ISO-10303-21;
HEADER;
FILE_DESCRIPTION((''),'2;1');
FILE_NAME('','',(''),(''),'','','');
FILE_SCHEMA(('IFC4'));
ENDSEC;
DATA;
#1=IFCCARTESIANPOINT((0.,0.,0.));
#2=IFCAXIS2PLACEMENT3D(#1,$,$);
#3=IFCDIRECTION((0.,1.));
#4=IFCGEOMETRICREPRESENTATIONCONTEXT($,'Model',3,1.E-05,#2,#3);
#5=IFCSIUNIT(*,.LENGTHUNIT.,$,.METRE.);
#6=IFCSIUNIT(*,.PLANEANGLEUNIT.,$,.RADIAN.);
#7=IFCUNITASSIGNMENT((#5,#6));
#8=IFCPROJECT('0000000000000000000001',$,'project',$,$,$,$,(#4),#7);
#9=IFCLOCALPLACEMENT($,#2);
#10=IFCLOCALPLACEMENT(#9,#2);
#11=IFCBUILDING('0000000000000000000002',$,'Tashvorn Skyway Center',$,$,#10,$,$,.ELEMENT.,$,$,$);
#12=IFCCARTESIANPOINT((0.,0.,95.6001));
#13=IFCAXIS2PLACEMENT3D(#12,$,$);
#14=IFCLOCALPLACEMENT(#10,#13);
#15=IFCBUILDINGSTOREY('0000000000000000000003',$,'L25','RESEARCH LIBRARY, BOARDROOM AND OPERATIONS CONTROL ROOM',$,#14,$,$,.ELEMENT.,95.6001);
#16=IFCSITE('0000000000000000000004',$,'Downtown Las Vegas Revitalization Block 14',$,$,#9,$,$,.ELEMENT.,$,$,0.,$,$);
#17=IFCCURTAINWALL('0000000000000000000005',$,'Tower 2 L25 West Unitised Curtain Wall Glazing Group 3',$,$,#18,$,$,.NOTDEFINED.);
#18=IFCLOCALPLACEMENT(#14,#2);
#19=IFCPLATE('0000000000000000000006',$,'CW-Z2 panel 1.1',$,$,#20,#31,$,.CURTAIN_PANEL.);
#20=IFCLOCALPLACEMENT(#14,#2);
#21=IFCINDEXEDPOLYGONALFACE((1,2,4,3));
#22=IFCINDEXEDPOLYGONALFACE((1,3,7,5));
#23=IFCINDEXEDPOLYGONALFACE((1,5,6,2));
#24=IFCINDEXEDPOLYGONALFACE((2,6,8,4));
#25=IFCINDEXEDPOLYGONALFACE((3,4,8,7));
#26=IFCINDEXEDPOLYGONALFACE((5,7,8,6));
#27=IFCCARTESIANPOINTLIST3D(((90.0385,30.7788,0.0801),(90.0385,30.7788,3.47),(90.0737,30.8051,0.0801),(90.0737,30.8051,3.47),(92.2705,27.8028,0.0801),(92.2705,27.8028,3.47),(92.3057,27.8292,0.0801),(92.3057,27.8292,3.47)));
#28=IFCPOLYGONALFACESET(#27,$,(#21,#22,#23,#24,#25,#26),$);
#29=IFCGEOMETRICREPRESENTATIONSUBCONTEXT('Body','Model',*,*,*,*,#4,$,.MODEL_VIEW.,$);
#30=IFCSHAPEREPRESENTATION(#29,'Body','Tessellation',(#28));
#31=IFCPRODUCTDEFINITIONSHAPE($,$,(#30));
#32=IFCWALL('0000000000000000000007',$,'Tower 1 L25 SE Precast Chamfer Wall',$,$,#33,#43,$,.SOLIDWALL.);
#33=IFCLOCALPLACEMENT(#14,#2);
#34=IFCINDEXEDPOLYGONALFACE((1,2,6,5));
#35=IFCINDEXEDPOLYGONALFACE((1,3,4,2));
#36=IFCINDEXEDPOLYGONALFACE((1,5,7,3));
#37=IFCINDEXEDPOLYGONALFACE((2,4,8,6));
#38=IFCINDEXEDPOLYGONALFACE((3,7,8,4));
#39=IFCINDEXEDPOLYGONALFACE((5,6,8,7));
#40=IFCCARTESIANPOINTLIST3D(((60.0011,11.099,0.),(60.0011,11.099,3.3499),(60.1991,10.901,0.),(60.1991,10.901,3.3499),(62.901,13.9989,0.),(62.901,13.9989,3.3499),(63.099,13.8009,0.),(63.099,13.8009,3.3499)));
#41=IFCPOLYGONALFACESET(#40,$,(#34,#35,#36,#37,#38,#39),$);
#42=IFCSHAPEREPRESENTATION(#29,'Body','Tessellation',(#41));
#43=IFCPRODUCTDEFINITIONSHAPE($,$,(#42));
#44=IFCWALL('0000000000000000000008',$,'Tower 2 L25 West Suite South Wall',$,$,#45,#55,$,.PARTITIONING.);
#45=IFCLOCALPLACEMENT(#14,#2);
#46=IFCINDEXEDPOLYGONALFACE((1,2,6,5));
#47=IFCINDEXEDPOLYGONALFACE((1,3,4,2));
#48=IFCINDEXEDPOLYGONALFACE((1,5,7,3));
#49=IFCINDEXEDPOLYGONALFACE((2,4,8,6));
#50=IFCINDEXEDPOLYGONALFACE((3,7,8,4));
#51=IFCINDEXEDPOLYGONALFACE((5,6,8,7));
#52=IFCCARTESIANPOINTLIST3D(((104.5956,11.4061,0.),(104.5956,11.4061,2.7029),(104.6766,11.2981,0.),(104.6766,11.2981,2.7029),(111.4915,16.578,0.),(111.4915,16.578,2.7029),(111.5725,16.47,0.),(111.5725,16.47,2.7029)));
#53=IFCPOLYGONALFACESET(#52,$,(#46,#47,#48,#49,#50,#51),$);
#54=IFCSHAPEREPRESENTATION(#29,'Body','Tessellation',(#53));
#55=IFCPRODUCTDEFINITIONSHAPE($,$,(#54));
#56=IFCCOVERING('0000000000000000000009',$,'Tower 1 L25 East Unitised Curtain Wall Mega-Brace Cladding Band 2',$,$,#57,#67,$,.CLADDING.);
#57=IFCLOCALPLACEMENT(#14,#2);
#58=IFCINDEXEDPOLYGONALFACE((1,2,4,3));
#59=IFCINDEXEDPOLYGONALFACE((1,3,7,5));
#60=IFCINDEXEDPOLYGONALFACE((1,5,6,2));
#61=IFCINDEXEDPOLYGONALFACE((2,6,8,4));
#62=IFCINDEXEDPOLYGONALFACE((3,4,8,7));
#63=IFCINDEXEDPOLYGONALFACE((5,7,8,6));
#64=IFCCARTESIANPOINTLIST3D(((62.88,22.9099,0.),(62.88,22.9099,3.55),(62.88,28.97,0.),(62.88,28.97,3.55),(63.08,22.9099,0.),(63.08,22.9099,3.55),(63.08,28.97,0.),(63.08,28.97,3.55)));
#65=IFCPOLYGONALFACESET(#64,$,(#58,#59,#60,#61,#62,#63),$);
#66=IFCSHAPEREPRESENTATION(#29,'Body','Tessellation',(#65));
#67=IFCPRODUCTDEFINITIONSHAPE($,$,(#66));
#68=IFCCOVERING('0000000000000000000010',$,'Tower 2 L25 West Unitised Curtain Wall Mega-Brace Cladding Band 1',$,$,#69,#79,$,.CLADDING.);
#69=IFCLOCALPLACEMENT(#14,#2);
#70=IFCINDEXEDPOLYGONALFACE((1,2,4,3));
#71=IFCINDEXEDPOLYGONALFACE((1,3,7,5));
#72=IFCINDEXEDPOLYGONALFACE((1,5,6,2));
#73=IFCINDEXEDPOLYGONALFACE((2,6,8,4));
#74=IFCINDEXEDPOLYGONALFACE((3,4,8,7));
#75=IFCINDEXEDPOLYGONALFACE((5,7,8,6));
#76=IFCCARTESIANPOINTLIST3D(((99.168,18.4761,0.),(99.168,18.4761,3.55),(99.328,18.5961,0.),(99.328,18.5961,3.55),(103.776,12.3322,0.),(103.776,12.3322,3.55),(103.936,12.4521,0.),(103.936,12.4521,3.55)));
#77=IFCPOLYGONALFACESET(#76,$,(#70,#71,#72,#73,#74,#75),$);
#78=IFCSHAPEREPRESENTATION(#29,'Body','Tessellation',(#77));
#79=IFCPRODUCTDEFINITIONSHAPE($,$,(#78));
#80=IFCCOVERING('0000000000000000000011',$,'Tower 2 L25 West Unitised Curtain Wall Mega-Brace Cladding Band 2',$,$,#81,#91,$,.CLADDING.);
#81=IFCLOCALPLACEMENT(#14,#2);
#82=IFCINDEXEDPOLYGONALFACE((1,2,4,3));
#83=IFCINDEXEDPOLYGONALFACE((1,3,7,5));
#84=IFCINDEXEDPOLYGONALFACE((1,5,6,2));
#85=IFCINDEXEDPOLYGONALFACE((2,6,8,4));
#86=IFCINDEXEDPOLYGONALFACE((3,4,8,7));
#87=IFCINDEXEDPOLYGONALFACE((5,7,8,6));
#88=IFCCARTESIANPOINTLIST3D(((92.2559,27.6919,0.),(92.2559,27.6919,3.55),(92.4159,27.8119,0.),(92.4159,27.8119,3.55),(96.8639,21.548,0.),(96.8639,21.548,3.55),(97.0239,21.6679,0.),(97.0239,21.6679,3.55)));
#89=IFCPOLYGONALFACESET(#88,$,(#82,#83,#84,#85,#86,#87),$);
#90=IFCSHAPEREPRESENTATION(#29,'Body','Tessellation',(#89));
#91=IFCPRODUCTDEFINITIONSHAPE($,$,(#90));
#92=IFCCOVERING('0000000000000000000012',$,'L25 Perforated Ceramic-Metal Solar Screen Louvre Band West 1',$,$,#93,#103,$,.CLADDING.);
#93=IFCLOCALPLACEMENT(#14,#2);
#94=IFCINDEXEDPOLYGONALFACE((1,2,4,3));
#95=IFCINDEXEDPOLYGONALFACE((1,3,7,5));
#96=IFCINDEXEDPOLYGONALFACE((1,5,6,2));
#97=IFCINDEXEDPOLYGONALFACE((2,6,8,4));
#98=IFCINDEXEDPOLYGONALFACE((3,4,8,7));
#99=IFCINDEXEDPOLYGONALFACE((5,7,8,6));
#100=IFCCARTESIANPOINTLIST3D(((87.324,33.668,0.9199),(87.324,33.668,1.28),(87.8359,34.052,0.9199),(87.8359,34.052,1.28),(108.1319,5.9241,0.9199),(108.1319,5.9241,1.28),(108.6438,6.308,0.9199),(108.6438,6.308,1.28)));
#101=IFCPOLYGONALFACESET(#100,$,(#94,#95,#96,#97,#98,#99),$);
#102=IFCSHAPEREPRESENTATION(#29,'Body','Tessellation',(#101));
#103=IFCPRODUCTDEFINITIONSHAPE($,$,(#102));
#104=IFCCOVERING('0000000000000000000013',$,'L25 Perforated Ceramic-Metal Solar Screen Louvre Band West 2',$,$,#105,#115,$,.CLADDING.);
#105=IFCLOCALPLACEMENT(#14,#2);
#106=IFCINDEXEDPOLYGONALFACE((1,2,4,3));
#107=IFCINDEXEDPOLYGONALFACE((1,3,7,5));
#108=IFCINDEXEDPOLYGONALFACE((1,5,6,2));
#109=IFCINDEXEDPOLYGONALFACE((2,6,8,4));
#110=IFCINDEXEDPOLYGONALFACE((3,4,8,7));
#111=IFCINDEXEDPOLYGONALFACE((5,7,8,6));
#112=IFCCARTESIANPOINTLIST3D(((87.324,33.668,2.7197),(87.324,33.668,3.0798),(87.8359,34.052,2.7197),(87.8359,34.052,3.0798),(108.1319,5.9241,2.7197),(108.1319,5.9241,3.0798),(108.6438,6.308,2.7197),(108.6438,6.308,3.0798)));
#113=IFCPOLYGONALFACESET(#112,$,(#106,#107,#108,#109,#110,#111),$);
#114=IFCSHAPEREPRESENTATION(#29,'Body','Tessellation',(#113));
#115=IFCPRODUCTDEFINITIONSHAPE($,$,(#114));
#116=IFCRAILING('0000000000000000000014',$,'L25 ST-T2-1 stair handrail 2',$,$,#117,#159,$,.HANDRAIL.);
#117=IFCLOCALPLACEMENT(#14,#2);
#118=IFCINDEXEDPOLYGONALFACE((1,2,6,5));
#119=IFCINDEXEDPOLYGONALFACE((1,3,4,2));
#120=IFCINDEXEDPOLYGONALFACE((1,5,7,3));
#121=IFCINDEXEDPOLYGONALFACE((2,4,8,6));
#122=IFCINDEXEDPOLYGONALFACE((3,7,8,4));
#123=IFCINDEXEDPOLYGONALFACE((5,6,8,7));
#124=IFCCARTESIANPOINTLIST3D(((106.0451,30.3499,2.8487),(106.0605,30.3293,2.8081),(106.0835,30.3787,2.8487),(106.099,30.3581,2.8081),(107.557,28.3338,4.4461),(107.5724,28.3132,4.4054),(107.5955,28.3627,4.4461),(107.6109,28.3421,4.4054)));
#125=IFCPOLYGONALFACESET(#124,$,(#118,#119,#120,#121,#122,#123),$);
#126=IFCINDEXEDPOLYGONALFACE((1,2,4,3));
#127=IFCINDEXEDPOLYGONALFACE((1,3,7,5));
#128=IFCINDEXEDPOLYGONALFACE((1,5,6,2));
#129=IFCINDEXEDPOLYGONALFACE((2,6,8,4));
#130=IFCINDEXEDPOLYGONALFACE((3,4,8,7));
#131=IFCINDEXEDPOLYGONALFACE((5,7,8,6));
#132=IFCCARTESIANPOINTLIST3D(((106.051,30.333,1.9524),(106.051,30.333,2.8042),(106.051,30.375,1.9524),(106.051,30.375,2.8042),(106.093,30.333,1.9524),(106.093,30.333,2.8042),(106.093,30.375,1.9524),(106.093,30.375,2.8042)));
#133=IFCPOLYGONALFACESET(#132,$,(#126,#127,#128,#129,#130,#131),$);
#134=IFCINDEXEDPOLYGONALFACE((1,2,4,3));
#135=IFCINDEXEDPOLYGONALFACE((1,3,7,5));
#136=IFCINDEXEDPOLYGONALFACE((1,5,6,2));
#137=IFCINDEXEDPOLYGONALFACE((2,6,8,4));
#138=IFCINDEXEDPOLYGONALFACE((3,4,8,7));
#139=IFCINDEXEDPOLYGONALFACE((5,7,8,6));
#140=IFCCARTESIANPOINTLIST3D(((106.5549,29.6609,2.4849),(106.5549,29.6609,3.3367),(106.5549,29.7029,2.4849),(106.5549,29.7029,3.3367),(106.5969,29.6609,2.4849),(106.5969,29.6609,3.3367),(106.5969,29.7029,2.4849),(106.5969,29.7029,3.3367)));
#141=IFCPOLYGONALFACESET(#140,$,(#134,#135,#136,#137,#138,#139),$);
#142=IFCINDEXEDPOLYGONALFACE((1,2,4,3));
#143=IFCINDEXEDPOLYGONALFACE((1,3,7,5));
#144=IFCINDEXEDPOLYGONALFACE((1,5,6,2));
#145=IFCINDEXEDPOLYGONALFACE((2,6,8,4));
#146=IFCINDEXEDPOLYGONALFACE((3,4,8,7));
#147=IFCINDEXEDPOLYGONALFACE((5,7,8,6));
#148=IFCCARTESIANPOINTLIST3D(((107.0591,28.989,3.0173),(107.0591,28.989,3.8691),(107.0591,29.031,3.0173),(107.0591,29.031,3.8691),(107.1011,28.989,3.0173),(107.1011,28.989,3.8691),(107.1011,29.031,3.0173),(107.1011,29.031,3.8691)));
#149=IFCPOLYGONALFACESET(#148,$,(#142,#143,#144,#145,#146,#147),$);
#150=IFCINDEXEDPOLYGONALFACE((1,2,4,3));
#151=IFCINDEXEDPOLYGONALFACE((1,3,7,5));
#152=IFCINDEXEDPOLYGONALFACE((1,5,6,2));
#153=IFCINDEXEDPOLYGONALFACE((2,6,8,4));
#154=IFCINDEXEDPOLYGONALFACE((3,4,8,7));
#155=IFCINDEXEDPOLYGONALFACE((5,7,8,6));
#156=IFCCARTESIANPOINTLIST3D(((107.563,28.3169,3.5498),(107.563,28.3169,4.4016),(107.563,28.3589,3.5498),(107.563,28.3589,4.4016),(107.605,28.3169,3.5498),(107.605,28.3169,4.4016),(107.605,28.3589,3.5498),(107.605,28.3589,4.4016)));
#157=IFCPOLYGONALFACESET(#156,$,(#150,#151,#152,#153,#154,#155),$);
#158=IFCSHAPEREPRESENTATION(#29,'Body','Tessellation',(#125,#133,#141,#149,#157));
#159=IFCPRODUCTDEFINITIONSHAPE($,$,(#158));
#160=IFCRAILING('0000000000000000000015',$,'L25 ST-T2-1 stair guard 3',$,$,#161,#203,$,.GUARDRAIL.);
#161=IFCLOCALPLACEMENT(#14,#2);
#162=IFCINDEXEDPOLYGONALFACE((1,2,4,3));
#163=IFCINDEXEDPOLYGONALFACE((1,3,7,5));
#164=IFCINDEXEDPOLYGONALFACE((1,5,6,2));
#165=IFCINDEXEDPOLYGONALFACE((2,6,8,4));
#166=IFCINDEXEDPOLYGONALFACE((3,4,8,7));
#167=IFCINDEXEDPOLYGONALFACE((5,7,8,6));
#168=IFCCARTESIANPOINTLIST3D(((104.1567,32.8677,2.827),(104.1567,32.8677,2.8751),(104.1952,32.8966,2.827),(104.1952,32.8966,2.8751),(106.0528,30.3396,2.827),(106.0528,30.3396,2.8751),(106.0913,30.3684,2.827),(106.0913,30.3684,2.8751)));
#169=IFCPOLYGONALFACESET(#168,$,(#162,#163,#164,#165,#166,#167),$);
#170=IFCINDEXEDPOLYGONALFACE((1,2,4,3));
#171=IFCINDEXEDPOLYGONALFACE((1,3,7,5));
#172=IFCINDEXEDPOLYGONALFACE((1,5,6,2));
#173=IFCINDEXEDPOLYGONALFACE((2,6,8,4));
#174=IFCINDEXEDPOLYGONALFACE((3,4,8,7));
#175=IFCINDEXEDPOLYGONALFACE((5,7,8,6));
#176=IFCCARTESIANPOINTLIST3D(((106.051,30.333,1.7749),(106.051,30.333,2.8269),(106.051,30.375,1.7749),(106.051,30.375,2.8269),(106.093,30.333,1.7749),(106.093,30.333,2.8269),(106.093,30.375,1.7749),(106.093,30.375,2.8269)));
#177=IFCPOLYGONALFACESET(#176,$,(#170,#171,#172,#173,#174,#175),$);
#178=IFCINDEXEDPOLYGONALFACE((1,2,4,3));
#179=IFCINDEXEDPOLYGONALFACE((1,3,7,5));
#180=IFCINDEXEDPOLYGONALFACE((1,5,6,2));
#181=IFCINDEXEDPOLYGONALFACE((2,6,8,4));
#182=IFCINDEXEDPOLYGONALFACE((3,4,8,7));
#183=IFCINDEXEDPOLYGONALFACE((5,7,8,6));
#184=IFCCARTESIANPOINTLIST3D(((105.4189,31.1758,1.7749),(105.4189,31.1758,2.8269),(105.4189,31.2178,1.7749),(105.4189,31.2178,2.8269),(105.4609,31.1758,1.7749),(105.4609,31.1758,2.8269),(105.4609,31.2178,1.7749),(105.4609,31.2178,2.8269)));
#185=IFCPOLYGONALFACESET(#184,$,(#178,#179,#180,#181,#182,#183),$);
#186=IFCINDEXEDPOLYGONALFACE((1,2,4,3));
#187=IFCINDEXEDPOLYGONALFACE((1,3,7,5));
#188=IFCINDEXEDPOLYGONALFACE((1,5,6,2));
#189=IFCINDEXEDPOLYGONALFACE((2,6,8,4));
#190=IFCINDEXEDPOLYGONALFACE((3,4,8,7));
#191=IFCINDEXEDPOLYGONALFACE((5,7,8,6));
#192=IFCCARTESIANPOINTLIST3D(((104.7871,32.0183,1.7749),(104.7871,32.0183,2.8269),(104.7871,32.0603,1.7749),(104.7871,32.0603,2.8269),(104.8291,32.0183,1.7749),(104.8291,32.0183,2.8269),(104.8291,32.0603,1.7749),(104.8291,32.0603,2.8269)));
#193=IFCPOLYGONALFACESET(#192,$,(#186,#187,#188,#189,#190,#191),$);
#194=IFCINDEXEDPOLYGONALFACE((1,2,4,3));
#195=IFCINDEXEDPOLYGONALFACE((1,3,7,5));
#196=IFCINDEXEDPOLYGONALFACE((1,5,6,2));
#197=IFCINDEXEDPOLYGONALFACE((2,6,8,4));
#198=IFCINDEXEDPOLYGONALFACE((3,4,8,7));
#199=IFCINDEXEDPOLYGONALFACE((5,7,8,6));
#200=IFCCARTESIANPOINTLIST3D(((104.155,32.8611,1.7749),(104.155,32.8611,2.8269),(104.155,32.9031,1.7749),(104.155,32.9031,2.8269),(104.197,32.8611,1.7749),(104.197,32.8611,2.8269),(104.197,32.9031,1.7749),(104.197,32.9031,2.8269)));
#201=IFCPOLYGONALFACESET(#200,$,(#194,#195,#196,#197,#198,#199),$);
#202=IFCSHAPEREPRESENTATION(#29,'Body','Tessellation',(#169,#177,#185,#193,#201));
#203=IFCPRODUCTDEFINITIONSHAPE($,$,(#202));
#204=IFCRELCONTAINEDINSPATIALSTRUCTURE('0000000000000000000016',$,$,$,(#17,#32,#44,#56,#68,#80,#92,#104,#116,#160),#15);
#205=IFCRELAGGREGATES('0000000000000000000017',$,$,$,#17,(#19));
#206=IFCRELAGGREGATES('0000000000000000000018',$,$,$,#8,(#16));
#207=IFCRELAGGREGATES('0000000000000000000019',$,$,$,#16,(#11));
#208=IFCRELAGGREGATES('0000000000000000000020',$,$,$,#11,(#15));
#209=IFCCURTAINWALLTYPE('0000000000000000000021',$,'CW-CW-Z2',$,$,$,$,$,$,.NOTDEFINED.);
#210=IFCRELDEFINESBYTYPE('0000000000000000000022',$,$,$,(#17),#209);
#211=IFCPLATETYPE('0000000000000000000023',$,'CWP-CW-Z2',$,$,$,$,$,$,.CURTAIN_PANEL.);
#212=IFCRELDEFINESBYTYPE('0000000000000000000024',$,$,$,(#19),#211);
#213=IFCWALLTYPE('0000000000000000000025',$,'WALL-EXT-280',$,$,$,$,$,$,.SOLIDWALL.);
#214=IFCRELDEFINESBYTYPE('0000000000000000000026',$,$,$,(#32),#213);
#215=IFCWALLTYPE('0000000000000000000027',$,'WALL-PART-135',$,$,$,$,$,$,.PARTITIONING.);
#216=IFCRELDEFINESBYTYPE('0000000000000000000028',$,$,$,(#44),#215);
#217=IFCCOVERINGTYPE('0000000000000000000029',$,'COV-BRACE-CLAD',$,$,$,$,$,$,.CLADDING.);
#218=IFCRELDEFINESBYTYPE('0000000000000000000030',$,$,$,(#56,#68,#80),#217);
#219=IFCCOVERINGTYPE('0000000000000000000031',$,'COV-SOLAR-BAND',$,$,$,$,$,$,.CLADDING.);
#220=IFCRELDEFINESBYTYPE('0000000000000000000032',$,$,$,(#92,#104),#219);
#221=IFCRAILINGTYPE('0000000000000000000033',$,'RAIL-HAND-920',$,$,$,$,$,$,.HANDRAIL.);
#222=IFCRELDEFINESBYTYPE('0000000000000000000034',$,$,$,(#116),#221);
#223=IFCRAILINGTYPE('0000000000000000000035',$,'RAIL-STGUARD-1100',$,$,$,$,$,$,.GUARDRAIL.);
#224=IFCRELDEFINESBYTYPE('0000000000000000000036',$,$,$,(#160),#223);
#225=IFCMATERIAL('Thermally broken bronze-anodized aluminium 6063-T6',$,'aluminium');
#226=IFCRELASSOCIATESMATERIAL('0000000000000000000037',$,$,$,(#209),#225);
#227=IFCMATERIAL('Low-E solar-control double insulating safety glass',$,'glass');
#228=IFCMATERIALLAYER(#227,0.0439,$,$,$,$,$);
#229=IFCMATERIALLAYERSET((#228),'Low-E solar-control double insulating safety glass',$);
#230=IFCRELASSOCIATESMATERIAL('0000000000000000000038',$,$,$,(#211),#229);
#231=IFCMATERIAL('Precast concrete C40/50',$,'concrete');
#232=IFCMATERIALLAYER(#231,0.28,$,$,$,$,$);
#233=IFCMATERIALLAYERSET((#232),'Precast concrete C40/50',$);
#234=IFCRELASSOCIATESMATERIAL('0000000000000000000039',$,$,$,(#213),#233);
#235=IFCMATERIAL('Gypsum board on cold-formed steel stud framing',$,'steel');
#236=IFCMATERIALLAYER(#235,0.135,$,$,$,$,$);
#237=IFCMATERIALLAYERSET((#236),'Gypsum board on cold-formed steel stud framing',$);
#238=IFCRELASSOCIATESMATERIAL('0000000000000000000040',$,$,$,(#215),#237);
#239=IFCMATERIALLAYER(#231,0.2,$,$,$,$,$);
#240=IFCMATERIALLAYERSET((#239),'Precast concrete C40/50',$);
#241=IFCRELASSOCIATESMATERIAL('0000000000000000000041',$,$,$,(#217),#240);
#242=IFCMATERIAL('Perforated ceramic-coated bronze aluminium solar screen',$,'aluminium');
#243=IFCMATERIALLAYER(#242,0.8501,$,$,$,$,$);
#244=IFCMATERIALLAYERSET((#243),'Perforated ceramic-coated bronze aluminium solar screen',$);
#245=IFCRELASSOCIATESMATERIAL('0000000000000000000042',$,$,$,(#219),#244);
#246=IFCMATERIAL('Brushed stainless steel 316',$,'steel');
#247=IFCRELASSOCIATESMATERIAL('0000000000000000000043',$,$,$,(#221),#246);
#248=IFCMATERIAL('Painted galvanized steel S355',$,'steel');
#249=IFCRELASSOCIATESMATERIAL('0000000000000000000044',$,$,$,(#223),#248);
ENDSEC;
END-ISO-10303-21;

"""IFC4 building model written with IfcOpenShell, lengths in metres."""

from ifc_helpers import new_model, si_unit, direction, frame, frame_2d, origin, origin_2d, place, context, subcontext, project, spatial, rectangle, extrude, material, layer, layer_set, type_object, element, aggregate, save


model = new_model("IFC4")

# Units and contexts
model_context = context("Model", 3, precision=1e-05, world=origin(), true_north=direction((0.0, 1.0)))
body_context = subcontext(model_context, "Body", "Model", "MODEL_VIEW")
ifc_project = project(units=[si_unit("LENGTHUNIT", "METRE"), si_unit("PLANEANGLEUNIT", "RADIAN")], contexts=[model_context])

# Site, building, storey
site_placement = place(None, origin())
site = spatial("IfcSite", under=ifc_project, at=site_placement, Name="Downtown Las Vegas Revitalization Block 14", CompositionType="ELEMENT", RefElevation=0.0)
building_placement = place(site_placement, origin())
building = spatial("IfcBuilding", under=site, at=building_placement, Name="Tashvorn Skyway Center", CompositionType="ELEMENT")
storey_placement = place(building_placement, frame((0.0, 0.0, 95.6001)))
storey = spatial("IfcBuildingStorey", under=building, at=storey_placement, Name="L25", Description="RESEARCH LIBRARY, BOARDROOM AND OPERATIONS CONTROL ROOM", CompositionType="ELEMENT", Elevation=95.6001)

# Shared definitions
ifc_material_1 = material(Name="Thermally broken bronze-anodized aluminium 6063-T6", Category="aluminium")
curtain_wall_type = type_object("IfcCurtainWallType", Name="CW-CW-Z2", PredefinedType="NOTDEFINED", material=ifc_material_1)

# Curtain wall
curtain_wall_1_placement = place(storey_placement, origin())
curtain_wall_1 = element("IfcCurtainWall", 1, at=curtain_wall_1_placement, inside=storey, type_object=curtain_wall_type, Name="Tower 2 L25 West Unitised Curtain Wall Glazing Group 3", PredefinedType="NOTDEFINED")

# Shared definitions
ifc_material_2 = material(Name="Low-E solar-control double insulating safety glass", Category="glass")
ifc_layer_1 = layer(ifc_material_2, 0.0439)
ifc_layer_set_1 = layer_set([ifc_layer_1], Name="Low-E solar-control double insulating safety glass")
plate_type = type_object("IfcPlateType", Name="CWP-CW-Z2", PredefinedType="CURTAIN_PANEL", material=ifc_layer_set_1)

# Plate
plate_1_placement = place(storey_placement, frame((91.1721, 29.304, 0.0801), z_axis=(0.0, 0.0, 1.0), x_axis=(-0.6, 0.8, 0.0)))
plate_1 = element("IfcPlate", 2, at=plate_1_placement, type_object=plate_type, Name="CW-Z2 panel 1.1", PredefinedType="CURTAIN_PANEL", context=body_context, shape_type="SweptSolid", body=[
    extrude(rectangle(XDim=3.72, YDim=0.0439, at=origin_2d()), origin(), (0.0, 0.0, 1.0), 3.3899),
])
aggregate(curtain_wall_1, [plate_1])

# Walls
ifc_material_3 = material(Name="Precast concrete C40/50", Category="concrete")
ifc_layer_2 = layer(ifc_material_3, 0.28)
ifc_layer_set_2 = layer_set([ifc_layer_2], Name="Precast concrete C40/50")
wall_type_1 = type_object("IfcWallType", Name="WALL-EXT-280", PredefinedType="SOLIDWALL", material=ifc_layer_set_2)
wall_1_placement = place(storey_placement, frame((63.0, 13.8999, 0.0), z_axis=(0.0, 0.0, 1.0), x_axis=(-0.707107, -0.707107, 0.0)))
element("IfcWall", 3, at=wall_1_placement, inside=storey, type_object=wall_type_1, Name="Tower 1 L25 SE Precast Chamfer Wall", PredefinedType="SOLIDWALL", context=body_context, shape_type="SweptSolid", body=[
    extrude(rectangle(XDim=4.1011, YDim=0.28, at=frame_2d((2.0505, 0.0))), origin(), (0.0, 0.0, 1.0), 3.3499),
])
ifc_material_4 = material(Name="Gypsum board on cold-formed steel stud framing", Category="steel")
ifc_layer_3 = layer(ifc_material_4, 0.135)
ifc_layer_set_3 = layer_set([ifc_layer_3], Name="Gypsum board on cold-formed steel stud framing")
wall_type_2 = type_object("IfcWallType", Name="WALL-PART-135", PredefinedType="PARTITIONING", material=ifc_layer_set_3)
wall_2_placement = place(storey_placement, frame((104.636, 11.3521, 0.0), z_axis=(0.0, 0.0, 1.0), x_axis=(0.800007, 0.599991, 0.0)))
element("IfcWall", 4, at=wall_2_placement, inside=storey, type_object=wall_type_2, Name="Tower 2 L25 West Suite South Wall", PredefinedType="PARTITIONING", context=body_context, shape_type="SweptSolid", body=[
    extrude(rectangle(XDim=8.6199, YDim=0.135, at=frame_2d((4.3101, 0.0))), origin(), (0.0, 0.0, 1.0), 2.7029),
])

# Coverings
ifc_layer_4 = layer(ifc_material_3, 0.2)
ifc_layer_set_4 = layer_set([ifc_layer_4], Name="Precast concrete C40/50")
covering_type_1 = type_object("IfcCoveringType", Name="COV-BRACE-CLAD", PredefinedType="CLADDING", material=ifc_layer_set_4)
covering_placement = place(storey_placement, frame((62.98, 25.9399, 0.0), z_axis=(0.0, 0.0, 1.0), x_axis=(0.0, -1.0, 0.0)))
element("IfcCovering", 5, at=covering_placement, inside=storey, type_object=covering_type_1, Name="Tower 1 L25 East Unitised Curtain Wall Mega-Brace Cladding Band 2", PredefinedType="CLADDING", context=body_context, shape_type="SweptSolid", body=[
    extrude(rectangle(XDim=6.0601, YDim=0.2, at=origin_2d()), origin(), (0.0, 0.0, 1.0), 3.55),
])
for number, where, z_axis, x_axis, name in (
    (6, (101.552, 15.4641, 0.0), (0.0, 0.0, 1.0), (-0.6, 0.8, 0.0), "Tower 2 L25 West Unitised Curtain Wall Mega-Brace Cladding Band 1"),
    (7, (94.6399, 24.6799, 0.0), (0.0, 0.0, 1.0), (-0.6, 0.8, 0.0), "Tower 2 L25 West Unitised Curtain Wall Mega-Brace Cladding Band 2"),
):
    element("IfcCovering", number, at=place(storey_placement, frame(where, z_axis=z_axis, x_axis=x_axis)), inside=storey, type_object=covering_type_1, Name=name, PredefinedType="CLADDING", context=body_context, shape_type="SweptSolid", body=[
        extrude(rectangle(XDim=7.6799, YDim=0.2, at=origin_2d()), origin(), (0.0, 0.0, 1.0), 3.55),
    ])
ifc_material_5 = material(Name="Perforated ceramic-coated bronze aluminium solar screen", Category="aluminium")
ifc_layer_5 = layer(ifc_material_5, 0.8501)
ifc_layer_set_5 = layer_set([ifc_layer_5], Name="Perforated ceramic-coated bronze aluminium solar screen")
covering_type_2 = type_object("IfcCoveringType", Name="COV-SOLAR-BAND", PredefinedType="CLADDING", material=ifc_layer_set_5)
for number, where, z_axis, x_axis, name in (
    (8, (97.9839, 19.988, 0.9199), (0.0, 0.0, 1.0), (-0.6, 0.8, 0.0), "L25 Perforated Ceramic-Metal Solar Screen Louvre Band West 1"),
    (9, (97.9839, 19.988, 2.7197), (0.0, 0.0, 1.0), (-0.6, 0.8, 0.0), "L25 Perforated Ceramic-Metal Solar Screen Louvre Band West 2"),
):
    element("IfcCovering", number, at=place(storey_placement, frame(where, z_axis=z_axis, x_axis=x_axis)), inside=storey, type_object=covering_type_2, Name=name, PredefinedType="CLADDING", context=body_context, shape_type="SweptSolid", body=[
        extrude(rectangle(XDim=34.6799, YDim=0.6399, at=origin_2d()), origin(), (0.0, 0.0, 1.0), 0.3601),
    ])

# Railings
ifc_material_6 = material(Name="Brushed stainless steel 316", Category="steel")
railing_type_1 = type_object("IfcRailingType", Name="RAIL-HAND-920", PredefinedType="HANDRAIL", material=ifc_material_6)
railing_1_placement = place(storey_placement, frame((106.072, 30.354, 1.9524)))
element("IfcRailing", 10, at=railing_1_placement, inside=storey, type_object=railing_type_1, Name="L25 ST-T2-1 stair handrail 2", PredefinedType="HANDRAIL", context=body_context, shape_type="SweptSolid", body=[
    extrude(rectangle(XDim=0.0481, YDim=0.0481, at=origin_2d()), frame((0.0, 0.0, 0.876), z_axis=(0.506741, -0.675709, 0.535379), x_axis=(0.800023, 0.599969, 0.0)), (0.0, 0.0, 1.0), 2.9836),
    extrude(rectangle(XDim=0.042, YDim=0.042, at=origin_2d()), origin(), (0.0, 0.0, 1.0), 0.8518),
    extrude(rectangle(XDim=0.042, YDim=0.042, at=origin_2d()), frame((0.5039, -0.6721, 0.5325)), (0.0, 0.0, 1.0), 0.8518),
    extrude(rectangle(XDim=0.042, YDim=0.042, at=origin_2d()), frame((1.0081, -1.344, 1.0649)), (0.0, 0.0, 1.0), 0.8518),
    extrude(rectangle(XDim=0.042, YDim=0.042, at=origin_2d()), frame((1.512, -2.0161, 1.5974)), (0.0, 0.0, 1.0), 0.8518),
])
ifc_material_7 = material(Name="Painted galvanized steel S355", Category="steel")
railing_type_2 = type_object("IfcRailingType", Name="RAIL-STGUARD-1100", PredefinedType="GUARDRAIL", material=ifc_material_7)
railing_2_placement = place(storey_placement, frame((106.072, 30.354, 1.7749)))
element("IfcRailing", 11, at=railing_2_placement, inside=storey, type_object=railing_type_2, Name="L25 ST-T2-1 stair guard 3", PredefinedType="GUARDRAIL", context=body_context, shape_type="SweptSolid", body=[
    extrude(rectangle(XDim=0.0481, YDim=0.0481, at=origin_2d()), frame((0.0, 0.0, 1.0762), z_axis=(-0.599988, 0.800009, 0.0), x_axis=(-0.800009, -0.599988, 0.0)), (0.0, 0.0, 1.0), 3.1602),
    extrude(rectangle(XDim=0.042, YDim=0.042, at=origin_2d()), origin(), (0.0, 0.0, 1.0), 1.052),
    extrude(rectangle(XDim=0.042, YDim=0.042, at=origin_2d()), frame((-0.6321, 0.8428, 0.0)), (0.0, 0.0, 1.0), 1.052),
    extrude(rectangle(XDim=0.042, YDim=0.042, at=origin_2d()), frame((-1.2639, 1.6853, 0.0)), (0.0, 0.0, 1.0), 1.052),
    extrude(rectangle(XDim=0.042, YDim=0.042, at=origin_2d()), frame((-1.896, 2.5281, 0.0)), (0.0, 0.0, 1.0), 1.052),
])

save(model, "model.ifc")
